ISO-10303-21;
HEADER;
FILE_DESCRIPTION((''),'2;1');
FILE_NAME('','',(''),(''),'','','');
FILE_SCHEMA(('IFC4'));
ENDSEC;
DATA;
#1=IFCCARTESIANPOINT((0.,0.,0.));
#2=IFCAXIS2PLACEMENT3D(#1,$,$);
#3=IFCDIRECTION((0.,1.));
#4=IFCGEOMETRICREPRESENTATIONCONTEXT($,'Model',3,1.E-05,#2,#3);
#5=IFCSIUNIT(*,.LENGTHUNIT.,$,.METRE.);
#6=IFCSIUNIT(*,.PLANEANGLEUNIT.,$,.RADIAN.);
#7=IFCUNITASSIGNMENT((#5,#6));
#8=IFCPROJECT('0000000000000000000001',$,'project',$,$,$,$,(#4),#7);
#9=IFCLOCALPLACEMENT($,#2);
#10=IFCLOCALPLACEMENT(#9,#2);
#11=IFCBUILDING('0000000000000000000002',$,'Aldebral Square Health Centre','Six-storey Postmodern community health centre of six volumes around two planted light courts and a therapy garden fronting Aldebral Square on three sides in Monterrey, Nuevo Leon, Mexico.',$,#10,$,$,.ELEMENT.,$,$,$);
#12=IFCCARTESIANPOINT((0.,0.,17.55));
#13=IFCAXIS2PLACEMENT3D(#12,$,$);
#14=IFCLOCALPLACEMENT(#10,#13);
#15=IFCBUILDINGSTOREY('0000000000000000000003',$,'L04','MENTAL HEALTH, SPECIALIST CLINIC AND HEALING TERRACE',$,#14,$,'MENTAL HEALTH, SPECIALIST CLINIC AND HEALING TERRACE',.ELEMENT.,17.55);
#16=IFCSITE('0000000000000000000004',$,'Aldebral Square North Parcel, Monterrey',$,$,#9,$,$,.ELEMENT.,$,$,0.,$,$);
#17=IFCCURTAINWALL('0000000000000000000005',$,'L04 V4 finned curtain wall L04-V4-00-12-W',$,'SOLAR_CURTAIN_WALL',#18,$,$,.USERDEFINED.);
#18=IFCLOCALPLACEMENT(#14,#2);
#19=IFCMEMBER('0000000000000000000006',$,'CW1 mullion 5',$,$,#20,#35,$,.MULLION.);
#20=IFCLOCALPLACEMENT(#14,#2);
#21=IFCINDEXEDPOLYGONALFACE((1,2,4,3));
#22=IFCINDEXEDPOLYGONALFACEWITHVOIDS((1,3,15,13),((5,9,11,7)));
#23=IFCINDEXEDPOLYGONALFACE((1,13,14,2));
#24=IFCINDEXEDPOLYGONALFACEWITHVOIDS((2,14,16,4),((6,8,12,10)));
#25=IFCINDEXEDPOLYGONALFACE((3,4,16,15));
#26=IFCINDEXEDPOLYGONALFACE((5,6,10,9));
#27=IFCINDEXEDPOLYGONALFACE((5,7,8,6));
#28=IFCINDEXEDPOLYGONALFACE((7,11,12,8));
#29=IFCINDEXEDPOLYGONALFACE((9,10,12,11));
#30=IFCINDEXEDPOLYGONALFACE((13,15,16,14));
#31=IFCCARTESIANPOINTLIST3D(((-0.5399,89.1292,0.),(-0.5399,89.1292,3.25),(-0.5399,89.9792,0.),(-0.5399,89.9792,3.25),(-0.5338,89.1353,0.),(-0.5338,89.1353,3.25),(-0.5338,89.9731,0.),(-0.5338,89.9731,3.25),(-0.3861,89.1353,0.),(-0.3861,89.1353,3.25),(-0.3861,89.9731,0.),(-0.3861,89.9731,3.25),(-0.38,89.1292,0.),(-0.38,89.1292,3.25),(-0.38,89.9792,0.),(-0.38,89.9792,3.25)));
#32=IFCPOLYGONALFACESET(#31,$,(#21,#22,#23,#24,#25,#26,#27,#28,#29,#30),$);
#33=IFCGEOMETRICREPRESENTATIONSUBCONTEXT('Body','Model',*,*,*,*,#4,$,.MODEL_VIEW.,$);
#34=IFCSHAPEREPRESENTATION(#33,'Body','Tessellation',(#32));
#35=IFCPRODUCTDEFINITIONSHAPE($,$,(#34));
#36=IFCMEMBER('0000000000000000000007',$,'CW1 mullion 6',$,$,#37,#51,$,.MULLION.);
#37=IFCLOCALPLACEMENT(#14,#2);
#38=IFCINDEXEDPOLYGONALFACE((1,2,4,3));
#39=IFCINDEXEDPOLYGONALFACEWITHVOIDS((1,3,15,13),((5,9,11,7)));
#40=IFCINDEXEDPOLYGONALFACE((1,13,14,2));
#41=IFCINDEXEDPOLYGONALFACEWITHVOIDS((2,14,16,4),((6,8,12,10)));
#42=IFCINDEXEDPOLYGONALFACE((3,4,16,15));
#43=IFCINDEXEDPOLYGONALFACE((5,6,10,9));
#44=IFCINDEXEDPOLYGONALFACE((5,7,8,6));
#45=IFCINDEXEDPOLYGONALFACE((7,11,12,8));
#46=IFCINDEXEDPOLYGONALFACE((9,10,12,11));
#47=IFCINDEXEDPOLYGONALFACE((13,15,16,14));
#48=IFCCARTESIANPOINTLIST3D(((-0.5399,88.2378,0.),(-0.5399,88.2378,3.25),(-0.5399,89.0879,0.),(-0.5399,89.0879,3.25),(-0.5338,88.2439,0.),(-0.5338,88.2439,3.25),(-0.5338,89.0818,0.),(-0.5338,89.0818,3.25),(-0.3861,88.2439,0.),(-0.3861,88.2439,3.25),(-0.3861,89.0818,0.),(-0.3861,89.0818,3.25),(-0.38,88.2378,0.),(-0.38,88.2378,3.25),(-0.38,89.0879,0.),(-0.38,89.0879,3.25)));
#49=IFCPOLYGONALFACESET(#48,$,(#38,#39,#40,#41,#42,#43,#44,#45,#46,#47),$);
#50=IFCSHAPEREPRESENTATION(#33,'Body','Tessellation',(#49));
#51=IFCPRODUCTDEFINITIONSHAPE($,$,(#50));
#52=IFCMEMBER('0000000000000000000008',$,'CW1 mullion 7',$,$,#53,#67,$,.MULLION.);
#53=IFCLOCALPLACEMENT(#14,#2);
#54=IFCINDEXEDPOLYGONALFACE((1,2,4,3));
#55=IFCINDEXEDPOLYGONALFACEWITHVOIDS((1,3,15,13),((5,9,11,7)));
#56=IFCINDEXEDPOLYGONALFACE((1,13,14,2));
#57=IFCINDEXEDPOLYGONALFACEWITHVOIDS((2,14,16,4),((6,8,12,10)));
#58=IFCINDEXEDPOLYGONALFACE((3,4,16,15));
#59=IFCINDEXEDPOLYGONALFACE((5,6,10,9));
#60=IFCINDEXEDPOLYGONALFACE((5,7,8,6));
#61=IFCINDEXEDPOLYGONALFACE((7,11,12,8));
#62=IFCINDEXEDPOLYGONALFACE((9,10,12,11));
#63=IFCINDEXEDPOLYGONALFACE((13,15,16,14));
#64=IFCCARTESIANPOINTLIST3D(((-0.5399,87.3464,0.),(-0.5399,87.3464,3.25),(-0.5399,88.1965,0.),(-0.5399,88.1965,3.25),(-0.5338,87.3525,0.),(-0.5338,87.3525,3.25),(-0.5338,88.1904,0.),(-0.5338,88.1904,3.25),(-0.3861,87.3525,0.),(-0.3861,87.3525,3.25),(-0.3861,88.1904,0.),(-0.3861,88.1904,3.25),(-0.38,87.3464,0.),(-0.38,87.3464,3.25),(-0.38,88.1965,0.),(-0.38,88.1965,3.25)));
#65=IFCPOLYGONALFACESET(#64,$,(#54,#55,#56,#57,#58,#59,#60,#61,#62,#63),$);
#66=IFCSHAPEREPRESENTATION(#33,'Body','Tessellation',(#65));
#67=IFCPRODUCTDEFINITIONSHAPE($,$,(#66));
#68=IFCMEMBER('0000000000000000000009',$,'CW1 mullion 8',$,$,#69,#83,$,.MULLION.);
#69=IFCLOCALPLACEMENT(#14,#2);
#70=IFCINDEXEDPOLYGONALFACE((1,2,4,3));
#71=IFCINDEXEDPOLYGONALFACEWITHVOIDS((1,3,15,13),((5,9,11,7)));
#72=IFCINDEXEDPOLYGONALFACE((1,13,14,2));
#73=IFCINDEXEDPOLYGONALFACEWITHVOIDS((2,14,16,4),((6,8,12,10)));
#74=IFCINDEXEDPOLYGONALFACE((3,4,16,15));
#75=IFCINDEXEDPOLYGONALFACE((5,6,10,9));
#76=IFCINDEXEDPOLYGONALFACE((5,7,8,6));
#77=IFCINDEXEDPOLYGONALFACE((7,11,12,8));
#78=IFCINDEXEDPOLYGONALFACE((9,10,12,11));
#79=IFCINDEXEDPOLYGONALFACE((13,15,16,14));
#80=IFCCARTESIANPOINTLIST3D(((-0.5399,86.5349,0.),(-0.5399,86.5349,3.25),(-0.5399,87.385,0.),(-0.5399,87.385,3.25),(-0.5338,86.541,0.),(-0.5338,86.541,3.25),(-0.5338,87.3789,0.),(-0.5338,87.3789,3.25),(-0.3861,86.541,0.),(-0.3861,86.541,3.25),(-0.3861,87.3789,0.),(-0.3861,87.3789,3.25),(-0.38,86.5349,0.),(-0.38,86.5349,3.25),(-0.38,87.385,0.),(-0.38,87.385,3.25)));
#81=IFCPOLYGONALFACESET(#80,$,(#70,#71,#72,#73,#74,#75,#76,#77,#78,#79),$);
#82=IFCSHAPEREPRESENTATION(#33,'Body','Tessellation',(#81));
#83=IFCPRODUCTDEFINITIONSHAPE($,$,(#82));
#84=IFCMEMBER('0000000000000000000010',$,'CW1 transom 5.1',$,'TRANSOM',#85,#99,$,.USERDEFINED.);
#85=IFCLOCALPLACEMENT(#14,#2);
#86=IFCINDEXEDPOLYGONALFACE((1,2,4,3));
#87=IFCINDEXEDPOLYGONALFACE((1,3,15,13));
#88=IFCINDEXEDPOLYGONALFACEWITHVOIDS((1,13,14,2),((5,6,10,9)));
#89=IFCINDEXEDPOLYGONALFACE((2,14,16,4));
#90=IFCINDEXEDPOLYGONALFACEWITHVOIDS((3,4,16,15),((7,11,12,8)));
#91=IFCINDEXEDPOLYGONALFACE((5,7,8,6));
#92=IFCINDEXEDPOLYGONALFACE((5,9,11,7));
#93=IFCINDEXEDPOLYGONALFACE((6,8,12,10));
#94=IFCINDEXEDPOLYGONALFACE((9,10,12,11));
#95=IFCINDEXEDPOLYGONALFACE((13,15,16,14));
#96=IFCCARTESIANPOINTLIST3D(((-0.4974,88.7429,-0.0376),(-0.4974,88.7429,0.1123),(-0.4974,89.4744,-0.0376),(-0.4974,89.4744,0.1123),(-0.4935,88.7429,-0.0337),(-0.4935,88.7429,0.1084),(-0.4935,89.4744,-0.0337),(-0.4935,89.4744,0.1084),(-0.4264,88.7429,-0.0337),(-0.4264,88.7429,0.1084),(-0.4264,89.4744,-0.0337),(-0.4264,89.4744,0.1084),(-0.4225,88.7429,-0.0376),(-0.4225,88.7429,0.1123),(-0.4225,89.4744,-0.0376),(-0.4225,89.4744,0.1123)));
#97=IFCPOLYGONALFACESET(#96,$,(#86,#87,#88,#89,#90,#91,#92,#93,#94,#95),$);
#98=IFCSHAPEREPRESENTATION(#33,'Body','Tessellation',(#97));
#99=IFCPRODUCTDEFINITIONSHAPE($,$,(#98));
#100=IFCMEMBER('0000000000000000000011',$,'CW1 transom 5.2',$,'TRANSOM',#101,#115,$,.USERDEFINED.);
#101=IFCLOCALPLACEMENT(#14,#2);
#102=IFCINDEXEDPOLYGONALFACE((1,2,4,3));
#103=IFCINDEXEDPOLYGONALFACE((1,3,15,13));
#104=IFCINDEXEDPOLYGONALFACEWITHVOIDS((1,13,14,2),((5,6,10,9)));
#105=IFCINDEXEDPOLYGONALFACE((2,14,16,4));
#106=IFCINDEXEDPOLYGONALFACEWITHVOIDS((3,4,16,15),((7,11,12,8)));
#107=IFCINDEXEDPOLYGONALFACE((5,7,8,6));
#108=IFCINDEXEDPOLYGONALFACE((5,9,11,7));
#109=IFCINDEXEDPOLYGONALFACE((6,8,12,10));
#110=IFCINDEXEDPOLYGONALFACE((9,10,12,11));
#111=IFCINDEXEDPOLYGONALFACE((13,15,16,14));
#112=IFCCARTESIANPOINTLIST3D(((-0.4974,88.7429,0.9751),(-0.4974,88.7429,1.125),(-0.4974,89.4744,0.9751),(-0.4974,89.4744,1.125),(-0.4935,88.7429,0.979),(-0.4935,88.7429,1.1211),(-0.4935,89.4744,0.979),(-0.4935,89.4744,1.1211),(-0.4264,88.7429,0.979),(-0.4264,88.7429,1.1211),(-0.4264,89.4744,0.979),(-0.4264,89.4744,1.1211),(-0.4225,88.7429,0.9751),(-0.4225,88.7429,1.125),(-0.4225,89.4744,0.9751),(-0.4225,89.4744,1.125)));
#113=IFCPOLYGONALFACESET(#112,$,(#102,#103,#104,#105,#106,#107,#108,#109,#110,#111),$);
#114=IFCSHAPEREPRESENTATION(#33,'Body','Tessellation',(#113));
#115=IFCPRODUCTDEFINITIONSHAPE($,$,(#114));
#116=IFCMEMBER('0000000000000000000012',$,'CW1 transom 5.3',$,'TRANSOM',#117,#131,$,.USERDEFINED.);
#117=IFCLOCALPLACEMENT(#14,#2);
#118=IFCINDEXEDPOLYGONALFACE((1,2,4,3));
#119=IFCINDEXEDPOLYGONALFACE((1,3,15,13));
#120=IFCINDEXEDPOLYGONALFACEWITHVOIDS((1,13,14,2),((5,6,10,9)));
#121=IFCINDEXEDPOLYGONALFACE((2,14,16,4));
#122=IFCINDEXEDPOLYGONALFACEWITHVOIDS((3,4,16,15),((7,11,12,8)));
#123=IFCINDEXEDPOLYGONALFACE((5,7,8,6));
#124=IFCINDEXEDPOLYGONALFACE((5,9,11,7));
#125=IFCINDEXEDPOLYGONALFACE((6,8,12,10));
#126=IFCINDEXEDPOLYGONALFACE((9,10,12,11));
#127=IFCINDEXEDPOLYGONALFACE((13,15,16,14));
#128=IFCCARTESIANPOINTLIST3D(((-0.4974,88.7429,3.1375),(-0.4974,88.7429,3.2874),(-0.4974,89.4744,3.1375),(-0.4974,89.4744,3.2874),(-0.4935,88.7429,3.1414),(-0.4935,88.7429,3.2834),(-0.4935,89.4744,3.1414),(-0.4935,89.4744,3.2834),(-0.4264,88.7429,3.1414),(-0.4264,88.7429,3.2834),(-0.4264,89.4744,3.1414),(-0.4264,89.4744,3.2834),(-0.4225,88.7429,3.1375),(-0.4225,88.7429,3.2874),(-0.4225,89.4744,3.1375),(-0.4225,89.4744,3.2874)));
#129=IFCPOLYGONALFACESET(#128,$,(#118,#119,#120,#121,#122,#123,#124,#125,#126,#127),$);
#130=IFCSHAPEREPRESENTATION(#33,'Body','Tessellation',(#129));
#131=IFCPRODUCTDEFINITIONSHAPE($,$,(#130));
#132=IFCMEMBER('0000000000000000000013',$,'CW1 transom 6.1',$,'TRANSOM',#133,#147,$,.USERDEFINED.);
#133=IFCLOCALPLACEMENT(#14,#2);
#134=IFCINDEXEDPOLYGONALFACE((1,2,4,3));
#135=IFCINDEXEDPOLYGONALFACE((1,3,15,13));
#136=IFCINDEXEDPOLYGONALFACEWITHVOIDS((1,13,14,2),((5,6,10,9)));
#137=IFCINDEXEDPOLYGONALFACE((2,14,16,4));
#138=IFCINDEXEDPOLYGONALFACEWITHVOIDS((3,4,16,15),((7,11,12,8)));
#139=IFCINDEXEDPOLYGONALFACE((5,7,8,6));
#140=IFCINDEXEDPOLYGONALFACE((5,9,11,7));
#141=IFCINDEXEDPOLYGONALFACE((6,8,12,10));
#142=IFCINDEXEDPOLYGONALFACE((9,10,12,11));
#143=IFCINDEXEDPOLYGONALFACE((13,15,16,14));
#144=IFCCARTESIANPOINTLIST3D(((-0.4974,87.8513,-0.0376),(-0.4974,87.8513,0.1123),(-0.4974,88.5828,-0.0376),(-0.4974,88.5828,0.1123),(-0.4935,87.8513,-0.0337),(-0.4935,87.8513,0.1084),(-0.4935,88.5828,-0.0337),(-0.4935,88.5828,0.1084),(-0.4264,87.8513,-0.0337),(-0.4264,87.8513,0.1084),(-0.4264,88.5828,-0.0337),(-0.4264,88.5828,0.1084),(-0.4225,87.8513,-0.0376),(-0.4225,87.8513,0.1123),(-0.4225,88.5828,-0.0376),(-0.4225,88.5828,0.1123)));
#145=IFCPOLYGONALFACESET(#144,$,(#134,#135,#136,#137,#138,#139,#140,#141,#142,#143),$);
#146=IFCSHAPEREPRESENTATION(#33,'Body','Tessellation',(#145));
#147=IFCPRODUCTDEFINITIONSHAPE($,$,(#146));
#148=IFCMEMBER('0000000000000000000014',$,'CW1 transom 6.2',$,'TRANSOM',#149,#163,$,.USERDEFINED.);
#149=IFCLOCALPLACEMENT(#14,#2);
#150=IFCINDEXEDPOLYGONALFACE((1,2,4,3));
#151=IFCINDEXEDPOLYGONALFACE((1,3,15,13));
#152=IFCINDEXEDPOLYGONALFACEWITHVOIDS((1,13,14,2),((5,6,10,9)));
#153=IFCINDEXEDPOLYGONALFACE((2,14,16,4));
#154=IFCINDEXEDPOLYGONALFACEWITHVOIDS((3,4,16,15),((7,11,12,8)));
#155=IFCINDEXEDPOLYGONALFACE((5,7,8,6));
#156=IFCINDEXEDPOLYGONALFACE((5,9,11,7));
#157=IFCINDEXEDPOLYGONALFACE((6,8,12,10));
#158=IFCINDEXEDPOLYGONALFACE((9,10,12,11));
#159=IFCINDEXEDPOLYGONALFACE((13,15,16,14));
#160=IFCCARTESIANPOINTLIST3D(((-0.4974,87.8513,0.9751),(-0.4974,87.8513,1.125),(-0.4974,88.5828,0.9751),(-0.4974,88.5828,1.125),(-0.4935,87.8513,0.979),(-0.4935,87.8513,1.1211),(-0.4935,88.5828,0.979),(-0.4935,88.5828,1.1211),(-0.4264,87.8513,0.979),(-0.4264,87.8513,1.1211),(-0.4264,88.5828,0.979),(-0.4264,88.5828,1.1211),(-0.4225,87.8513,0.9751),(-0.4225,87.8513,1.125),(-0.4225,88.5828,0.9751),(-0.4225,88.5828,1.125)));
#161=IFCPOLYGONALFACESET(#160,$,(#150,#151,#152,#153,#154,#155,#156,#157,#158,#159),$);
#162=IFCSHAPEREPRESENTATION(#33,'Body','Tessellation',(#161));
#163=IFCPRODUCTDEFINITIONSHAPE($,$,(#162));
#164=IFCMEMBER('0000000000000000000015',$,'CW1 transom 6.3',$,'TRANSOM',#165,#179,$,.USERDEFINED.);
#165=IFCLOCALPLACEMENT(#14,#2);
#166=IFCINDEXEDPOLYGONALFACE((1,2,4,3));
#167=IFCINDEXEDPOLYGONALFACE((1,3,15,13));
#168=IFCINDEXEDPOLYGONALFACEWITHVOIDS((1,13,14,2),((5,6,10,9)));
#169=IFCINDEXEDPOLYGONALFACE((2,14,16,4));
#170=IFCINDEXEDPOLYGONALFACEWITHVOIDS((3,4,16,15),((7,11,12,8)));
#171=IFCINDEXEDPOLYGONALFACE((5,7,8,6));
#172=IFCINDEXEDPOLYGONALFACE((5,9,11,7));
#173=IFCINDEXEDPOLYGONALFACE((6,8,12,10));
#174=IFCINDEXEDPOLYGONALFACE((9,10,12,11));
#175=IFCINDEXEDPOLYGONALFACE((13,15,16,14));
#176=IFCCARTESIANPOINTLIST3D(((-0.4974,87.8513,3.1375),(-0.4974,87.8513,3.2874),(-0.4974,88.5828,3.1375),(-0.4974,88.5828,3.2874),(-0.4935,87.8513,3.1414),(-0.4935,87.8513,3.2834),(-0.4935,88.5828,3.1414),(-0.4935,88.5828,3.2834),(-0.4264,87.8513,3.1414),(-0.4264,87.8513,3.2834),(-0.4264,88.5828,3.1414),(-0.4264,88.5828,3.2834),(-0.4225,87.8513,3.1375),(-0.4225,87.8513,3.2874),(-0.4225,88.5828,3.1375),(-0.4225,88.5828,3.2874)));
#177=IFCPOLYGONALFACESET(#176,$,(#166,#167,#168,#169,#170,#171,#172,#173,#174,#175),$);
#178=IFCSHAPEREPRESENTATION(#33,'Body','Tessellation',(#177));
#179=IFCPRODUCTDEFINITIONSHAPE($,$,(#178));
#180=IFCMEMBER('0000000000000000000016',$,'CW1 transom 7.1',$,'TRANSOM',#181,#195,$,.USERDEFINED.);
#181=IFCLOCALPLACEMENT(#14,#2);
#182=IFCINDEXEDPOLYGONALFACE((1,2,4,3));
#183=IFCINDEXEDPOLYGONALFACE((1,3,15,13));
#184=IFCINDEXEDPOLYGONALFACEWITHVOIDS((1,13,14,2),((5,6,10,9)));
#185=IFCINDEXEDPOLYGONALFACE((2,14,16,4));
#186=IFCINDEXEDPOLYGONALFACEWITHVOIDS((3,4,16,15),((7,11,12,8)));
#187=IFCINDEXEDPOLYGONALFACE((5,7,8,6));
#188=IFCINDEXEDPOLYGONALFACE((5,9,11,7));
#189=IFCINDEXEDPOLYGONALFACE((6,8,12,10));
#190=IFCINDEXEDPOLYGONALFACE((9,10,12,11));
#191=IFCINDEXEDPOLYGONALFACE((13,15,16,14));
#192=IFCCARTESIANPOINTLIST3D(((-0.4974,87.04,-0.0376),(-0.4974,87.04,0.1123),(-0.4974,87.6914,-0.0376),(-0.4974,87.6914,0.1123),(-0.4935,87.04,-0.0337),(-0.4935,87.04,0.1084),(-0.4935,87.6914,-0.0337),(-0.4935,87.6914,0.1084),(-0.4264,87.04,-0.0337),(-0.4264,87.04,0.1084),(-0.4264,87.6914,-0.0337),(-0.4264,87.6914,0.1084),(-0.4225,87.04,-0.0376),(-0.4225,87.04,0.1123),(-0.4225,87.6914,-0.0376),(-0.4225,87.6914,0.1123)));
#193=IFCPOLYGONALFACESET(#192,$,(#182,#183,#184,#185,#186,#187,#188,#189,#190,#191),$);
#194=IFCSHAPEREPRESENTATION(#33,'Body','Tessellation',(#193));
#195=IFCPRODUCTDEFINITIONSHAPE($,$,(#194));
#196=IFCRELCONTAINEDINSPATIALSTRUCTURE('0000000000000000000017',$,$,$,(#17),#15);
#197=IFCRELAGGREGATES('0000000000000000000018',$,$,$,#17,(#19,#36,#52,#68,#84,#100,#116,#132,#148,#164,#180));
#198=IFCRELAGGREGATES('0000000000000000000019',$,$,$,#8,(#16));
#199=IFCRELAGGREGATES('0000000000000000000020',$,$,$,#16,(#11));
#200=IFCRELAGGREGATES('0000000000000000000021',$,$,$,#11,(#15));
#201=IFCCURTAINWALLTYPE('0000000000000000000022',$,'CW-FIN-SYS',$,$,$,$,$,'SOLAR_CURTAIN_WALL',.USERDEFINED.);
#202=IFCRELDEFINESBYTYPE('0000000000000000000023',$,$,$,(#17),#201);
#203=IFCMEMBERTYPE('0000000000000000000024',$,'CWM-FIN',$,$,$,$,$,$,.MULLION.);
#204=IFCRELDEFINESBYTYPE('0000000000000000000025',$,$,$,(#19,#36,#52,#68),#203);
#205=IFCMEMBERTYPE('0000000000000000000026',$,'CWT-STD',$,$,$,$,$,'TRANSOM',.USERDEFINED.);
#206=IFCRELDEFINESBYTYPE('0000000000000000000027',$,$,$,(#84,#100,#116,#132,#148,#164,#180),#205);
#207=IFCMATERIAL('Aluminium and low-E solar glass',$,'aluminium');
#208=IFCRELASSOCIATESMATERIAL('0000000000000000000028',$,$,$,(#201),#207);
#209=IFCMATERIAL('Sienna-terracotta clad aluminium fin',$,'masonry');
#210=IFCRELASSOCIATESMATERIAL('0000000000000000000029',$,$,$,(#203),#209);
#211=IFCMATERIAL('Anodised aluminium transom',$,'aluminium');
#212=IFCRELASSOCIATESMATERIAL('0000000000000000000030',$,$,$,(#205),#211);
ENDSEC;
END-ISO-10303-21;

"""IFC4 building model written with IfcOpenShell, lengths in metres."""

from ifc_helpers import new_model, si_unit, direction, frame, origin, origin_2d, place, context, subcontext, project, spatial, hollow_rectangle, extrude, material, material_profile, profile_set, type_object, element, aggregate, save


model = new_model("IFC4")

# Units and contexts
model_context = context("Model", 3, precision=1e-05, world=origin(), true_north=direction((0.0, 1.0)))
body_context = subcontext(model_context, "Body", "Model", "MODEL_VIEW")
ifc_project = project(units=[si_unit("LENGTHUNIT", "METRE"), si_unit("PLANEANGLEUNIT", "RADIAN")], contexts=[model_context])

# Site, building, storey
site_placement = place(None, origin())
site = spatial("IfcSite", under=ifc_project, at=site_placement, Name="Aldebral Square North Parcel, Monterrey", CompositionType="ELEMENT", RefElevation=0.0)
building_placement = place(site_placement, origin())
building = spatial("IfcBuilding", under=site, at=building_placement, Name="Aldebral Square Health Centre", Description="Six-storey Postmodern community health centre of six volumes around two planted light courts and a therapy garden fronting Aldebral Square on three sides in Monterrey, Nuevo Leon, Mexico.", CompositionType="ELEMENT")
storey_placement = place(building_placement, frame((0.0, 0.0, 17.55)))
storey = spatial("IfcBuildingStorey", under=building, at=storey_placement, Name="L04", Description="MENTAL HEALTH, SPECIALIST CLINIC AND HEALING TERRACE", LongName="MENTAL HEALTH, SPECIALIST CLINIC AND HEALING TERRACE", CompositionType="ELEMENT", Elevation=17.55)

# Curtain wall, members
ifc_material_1 = material(Name="Aluminium and low-E solar glass", Category="aluminium")
curtain_wall_type = type_object("IfcCurtainWallType", Name="CW-FIN-SYS", ElementType="SOLAR_CURTAIN_WALL", PredefinedType="USERDEFINED", material=ifc_material_1)
curtain_wall_placement = place(storey_placement, origin())
curtain_wall = element("IfcCurtainWall", 1, at=curtain_wall_placement, inside=storey, type_object=curtain_wall_type, Name="L04 V4 finned curtain wall L04-V4-00-12-W", ObjectType="SOLAR_CURTAIN_WALL", PredefinedType="USERDEFINED")
ifc_material_2 = material(Name="Sienna-terracotta clad aluminium fin", Category="masonry")
ifc_material_profile_1 = material_profile(ifc_material_2, hollow_rectangle(XDim=0.1599, YDim=0.8501, WallThickness=0.0061, at=origin_2d()), Name="FIN 160x850x6")
ifc_profile_set_1 = profile_set([ifc_material_profile_1], Name="Sienna-terracotta clad aluminium fin")
member_type_1 = type_object("IfcMemberType", Name="CWM-FIN", PredefinedType="MULLION", material=ifc_profile_set_1)
member_1_placement = place(storey_placement, frame((-0.46, 89.5542, 0.0), z_axis=(0.0, 0.0, 1.0), x_axis=(1.0, 0.0, 0.0)))
member_1 = element("IfcMember", 2, at=member_1_placement, type_object=member_type_1, Name="CW1 mullion 5", PredefinedType="MULLION", context=body_context, shape_type="SweptSolid", body=[
    extrude(hollow_rectangle(XDim=0.1599, YDim=0.8501, WallThickness=0.0061, at=origin_2d()), origin(), (0.0, 0.0, 1.0), 3.25),
])
member_2_placement = place(storey_placement, frame((-0.46, 88.6628, 0.0), z_axis=(0.0, 0.0, 1.0), x_axis=(1.0, 0.0, 0.0)))
member_2 = element("IfcMember", 3, at=member_2_placement, type_object=member_type_1, Name="CW1 mullion 6", PredefinedType="MULLION", context=body_context, shape_type="SweptSolid", body=[
    extrude(hollow_rectangle(XDim=0.1599, YDim=0.8501, WallThickness=0.0061, at=origin_2d()), origin(), (0.0, 0.0, 1.0), 3.25),
])
member_3_placement = place(storey_placement, frame((-0.46, 87.7715, 0.0), z_axis=(0.0, 0.0, 1.0), x_axis=(1.0, 0.0, 0.0)))
member_3 = element("IfcMember", 4, at=member_3_placement, type_object=member_type_1, Name="CW1 mullion 7", PredefinedType="MULLION", context=body_context, shape_type="SweptSolid", body=[
    extrude(hollow_rectangle(XDim=0.1599, YDim=0.8501, WallThickness=0.0061, at=origin_2d()), origin(), (0.0, 0.0, 1.0), 3.25),
])
member_4_placement = place(storey_placement, frame((-0.46, 86.96, 0.0), z_axis=(0.0, 0.0, 1.0), x_axis=(1.0, 0.0, 0.0)))
member_4 = element("IfcMember", 5, at=member_4_placement, type_object=member_type_1, Name="CW1 mullion 8", PredefinedType="MULLION", context=body_context, shape_type="SweptSolid", body=[
    extrude(hollow_rectangle(XDim=0.1599, YDim=0.8501, WallThickness=0.0061, at=origin_2d()), origin(), (0.0, 0.0, 1.0), 3.25),
])
ifc_material_3 = material(Name="Anodised aluminium transom", Category="aluminium")
ifc_material_profile_2 = material_profile(ifc_material_3, hollow_rectangle(XDim=0.075, YDim=0.1499, WallThickness=0.0039, at=origin_2d()), Name="CWT 75x150x4")
ifc_profile_set_2 = profile_set([ifc_material_profile_2], Name="Anodised aluminium transom")
member_type_2 = type_object("IfcMemberType", Name="CWT-STD", ElementType="TRANSOM", PredefinedType="USERDEFINED", material=ifc_profile_set_2)
member_5_placement = place(storey_placement, frame((-0.46, 89.4744, 0.0374), z_axis=(0.0, -1.0, 0.0), x_axis=(1.0, 0.0, 0.0)))
member_5 = element("IfcMember", 6, at=member_5_placement, type_object=member_type_2, Name="CW1 transom 5.1", ObjectType="TRANSOM", PredefinedType="USERDEFINED", context=body_context, shape_type="SweptSolid", body=[
    extrude(hollow_rectangle(XDim=0.075, YDim=0.1499, WallThickness=0.0039, at=origin_2d()), origin(), (0.0, 0.0, 1.0), 0.7314),
])
member_6_placement = place(storey_placement, frame((-0.46, 89.4744, 1.05), z_axis=(0.0, -1.0, 0.0), x_axis=(1.0, 0.0, 0.0)))
member_6 = element("IfcMember", 7, at=member_6_placement, type_object=member_type_2, Name="CW1 transom 5.2", ObjectType="TRANSOM", PredefinedType="USERDEFINED", context=body_context, shape_type="SweptSolid", body=[
    extrude(hollow_rectangle(XDim=0.075, YDim=0.1499, WallThickness=0.0039, at=origin_2d()), origin(), (0.0, 0.0, 1.0), 0.7314),
])
member_7_placement = place(storey_placement, frame((-0.46, 89.4744, 3.2124), z_axis=(0.0, -1.0, 0.0), x_axis=(1.0, 0.0, 0.0)))
member_7 = element("IfcMember", 8, at=member_7_placement, type_object=member_type_2, Name="CW1 transom 5.3", ObjectType="TRANSOM", PredefinedType="USERDEFINED", context=body_context, shape_type="SweptSolid", body=[
    extrude(hollow_rectangle(XDim=0.075, YDim=0.1499, WallThickness=0.0039, at=origin_2d()), origin(), (0.0, 0.0, 1.0), 0.7314),
])
member_8_placement = place(storey_placement, frame((-0.46, 88.5828, 0.0374), z_axis=(0.0, -1.0, 0.0), x_axis=(1.0, 0.0, 0.0)))
member_8 = element("IfcMember", 9, at=member_8_placement, type_object=member_type_2, Name="CW1 transom 6.1", ObjectType="TRANSOM", PredefinedType="USERDEFINED", context=body_context, shape_type="SweptSolid", body=[
    extrude(hollow_rectangle(XDim=0.075, YDim=0.1499, WallThickness=0.0039, at=origin_2d()), origin(), (0.0, 0.0, 1.0), 0.7314),
])
member_9_placement = place(storey_placement, frame((-0.46, 88.5828, 1.05), z_axis=(0.0, -1.0, 0.0), x_axis=(1.0, 0.0, 0.0)))
member_9 = element("IfcMember", 10, at=member_9_placement, type_object=member_type_2, Name="CW1 transom 6.2", ObjectType="TRANSOM", PredefinedType="USERDEFINED", context=body_context, shape_type="SweptSolid", body=[
    extrude(hollow_rectangle(XDim=0.075, YDim=0.1499, WallThickness=0.0039, at=origin_2d()), origin(), (0.0, 0.0, 1.0), 0.7314),
])
member_10_placement = place(storey_placement, frame((-0.46, 88.5828, 3.2124), z_axis=(0.0, -1.0, 0.0), x_axis=(1.0, 0.0, 0.0)))
member_10 = element("IfcMember", 11, at=member_10_placement, type_object=member_type_2, Name="CW1 transom 6.3", ObjectType="TRANSOM", PredefinedType="USERDEFINED", context=body_context, shape_type="SweptSolid", body=[
    extrude(hollow_rectangle(XDim=0.075, YDim=0.1499, WallThickness=0.0039, at=origin_2d()), origin(), (0.0, 0.0, 1.0), 0.7314),
])
member_11_placement = place(storey_placement, frame((-0.46, 87.6914, 0.0374), z_axis=(0.0, -1.0, 0.0), x_axis=(1.0, 0.0, 0.0)))
member_11 = element("IfcMember", 12, at=member_11_placement, type_object=member_type_2, Name="CW1 transom 7.1", ObjectType="TRANSOM", PredefinedType="USERDEFINED", context=body_context, shape_type="SweptSolid", body=[
    extrude(hollow_rectangle(XDim=0.075, YDim=0.1499, WallThickness=0.0039, at=origin_2d()), origin(), (0.0, 0.0, 1.0), 0.6514),
])
aggregate(curtain_wall, [member_1, member_2, member_3, member_4, member_5, member_6, member_7, member_8, member_9, member_10, member_11])

save(model, "model.ifc")
